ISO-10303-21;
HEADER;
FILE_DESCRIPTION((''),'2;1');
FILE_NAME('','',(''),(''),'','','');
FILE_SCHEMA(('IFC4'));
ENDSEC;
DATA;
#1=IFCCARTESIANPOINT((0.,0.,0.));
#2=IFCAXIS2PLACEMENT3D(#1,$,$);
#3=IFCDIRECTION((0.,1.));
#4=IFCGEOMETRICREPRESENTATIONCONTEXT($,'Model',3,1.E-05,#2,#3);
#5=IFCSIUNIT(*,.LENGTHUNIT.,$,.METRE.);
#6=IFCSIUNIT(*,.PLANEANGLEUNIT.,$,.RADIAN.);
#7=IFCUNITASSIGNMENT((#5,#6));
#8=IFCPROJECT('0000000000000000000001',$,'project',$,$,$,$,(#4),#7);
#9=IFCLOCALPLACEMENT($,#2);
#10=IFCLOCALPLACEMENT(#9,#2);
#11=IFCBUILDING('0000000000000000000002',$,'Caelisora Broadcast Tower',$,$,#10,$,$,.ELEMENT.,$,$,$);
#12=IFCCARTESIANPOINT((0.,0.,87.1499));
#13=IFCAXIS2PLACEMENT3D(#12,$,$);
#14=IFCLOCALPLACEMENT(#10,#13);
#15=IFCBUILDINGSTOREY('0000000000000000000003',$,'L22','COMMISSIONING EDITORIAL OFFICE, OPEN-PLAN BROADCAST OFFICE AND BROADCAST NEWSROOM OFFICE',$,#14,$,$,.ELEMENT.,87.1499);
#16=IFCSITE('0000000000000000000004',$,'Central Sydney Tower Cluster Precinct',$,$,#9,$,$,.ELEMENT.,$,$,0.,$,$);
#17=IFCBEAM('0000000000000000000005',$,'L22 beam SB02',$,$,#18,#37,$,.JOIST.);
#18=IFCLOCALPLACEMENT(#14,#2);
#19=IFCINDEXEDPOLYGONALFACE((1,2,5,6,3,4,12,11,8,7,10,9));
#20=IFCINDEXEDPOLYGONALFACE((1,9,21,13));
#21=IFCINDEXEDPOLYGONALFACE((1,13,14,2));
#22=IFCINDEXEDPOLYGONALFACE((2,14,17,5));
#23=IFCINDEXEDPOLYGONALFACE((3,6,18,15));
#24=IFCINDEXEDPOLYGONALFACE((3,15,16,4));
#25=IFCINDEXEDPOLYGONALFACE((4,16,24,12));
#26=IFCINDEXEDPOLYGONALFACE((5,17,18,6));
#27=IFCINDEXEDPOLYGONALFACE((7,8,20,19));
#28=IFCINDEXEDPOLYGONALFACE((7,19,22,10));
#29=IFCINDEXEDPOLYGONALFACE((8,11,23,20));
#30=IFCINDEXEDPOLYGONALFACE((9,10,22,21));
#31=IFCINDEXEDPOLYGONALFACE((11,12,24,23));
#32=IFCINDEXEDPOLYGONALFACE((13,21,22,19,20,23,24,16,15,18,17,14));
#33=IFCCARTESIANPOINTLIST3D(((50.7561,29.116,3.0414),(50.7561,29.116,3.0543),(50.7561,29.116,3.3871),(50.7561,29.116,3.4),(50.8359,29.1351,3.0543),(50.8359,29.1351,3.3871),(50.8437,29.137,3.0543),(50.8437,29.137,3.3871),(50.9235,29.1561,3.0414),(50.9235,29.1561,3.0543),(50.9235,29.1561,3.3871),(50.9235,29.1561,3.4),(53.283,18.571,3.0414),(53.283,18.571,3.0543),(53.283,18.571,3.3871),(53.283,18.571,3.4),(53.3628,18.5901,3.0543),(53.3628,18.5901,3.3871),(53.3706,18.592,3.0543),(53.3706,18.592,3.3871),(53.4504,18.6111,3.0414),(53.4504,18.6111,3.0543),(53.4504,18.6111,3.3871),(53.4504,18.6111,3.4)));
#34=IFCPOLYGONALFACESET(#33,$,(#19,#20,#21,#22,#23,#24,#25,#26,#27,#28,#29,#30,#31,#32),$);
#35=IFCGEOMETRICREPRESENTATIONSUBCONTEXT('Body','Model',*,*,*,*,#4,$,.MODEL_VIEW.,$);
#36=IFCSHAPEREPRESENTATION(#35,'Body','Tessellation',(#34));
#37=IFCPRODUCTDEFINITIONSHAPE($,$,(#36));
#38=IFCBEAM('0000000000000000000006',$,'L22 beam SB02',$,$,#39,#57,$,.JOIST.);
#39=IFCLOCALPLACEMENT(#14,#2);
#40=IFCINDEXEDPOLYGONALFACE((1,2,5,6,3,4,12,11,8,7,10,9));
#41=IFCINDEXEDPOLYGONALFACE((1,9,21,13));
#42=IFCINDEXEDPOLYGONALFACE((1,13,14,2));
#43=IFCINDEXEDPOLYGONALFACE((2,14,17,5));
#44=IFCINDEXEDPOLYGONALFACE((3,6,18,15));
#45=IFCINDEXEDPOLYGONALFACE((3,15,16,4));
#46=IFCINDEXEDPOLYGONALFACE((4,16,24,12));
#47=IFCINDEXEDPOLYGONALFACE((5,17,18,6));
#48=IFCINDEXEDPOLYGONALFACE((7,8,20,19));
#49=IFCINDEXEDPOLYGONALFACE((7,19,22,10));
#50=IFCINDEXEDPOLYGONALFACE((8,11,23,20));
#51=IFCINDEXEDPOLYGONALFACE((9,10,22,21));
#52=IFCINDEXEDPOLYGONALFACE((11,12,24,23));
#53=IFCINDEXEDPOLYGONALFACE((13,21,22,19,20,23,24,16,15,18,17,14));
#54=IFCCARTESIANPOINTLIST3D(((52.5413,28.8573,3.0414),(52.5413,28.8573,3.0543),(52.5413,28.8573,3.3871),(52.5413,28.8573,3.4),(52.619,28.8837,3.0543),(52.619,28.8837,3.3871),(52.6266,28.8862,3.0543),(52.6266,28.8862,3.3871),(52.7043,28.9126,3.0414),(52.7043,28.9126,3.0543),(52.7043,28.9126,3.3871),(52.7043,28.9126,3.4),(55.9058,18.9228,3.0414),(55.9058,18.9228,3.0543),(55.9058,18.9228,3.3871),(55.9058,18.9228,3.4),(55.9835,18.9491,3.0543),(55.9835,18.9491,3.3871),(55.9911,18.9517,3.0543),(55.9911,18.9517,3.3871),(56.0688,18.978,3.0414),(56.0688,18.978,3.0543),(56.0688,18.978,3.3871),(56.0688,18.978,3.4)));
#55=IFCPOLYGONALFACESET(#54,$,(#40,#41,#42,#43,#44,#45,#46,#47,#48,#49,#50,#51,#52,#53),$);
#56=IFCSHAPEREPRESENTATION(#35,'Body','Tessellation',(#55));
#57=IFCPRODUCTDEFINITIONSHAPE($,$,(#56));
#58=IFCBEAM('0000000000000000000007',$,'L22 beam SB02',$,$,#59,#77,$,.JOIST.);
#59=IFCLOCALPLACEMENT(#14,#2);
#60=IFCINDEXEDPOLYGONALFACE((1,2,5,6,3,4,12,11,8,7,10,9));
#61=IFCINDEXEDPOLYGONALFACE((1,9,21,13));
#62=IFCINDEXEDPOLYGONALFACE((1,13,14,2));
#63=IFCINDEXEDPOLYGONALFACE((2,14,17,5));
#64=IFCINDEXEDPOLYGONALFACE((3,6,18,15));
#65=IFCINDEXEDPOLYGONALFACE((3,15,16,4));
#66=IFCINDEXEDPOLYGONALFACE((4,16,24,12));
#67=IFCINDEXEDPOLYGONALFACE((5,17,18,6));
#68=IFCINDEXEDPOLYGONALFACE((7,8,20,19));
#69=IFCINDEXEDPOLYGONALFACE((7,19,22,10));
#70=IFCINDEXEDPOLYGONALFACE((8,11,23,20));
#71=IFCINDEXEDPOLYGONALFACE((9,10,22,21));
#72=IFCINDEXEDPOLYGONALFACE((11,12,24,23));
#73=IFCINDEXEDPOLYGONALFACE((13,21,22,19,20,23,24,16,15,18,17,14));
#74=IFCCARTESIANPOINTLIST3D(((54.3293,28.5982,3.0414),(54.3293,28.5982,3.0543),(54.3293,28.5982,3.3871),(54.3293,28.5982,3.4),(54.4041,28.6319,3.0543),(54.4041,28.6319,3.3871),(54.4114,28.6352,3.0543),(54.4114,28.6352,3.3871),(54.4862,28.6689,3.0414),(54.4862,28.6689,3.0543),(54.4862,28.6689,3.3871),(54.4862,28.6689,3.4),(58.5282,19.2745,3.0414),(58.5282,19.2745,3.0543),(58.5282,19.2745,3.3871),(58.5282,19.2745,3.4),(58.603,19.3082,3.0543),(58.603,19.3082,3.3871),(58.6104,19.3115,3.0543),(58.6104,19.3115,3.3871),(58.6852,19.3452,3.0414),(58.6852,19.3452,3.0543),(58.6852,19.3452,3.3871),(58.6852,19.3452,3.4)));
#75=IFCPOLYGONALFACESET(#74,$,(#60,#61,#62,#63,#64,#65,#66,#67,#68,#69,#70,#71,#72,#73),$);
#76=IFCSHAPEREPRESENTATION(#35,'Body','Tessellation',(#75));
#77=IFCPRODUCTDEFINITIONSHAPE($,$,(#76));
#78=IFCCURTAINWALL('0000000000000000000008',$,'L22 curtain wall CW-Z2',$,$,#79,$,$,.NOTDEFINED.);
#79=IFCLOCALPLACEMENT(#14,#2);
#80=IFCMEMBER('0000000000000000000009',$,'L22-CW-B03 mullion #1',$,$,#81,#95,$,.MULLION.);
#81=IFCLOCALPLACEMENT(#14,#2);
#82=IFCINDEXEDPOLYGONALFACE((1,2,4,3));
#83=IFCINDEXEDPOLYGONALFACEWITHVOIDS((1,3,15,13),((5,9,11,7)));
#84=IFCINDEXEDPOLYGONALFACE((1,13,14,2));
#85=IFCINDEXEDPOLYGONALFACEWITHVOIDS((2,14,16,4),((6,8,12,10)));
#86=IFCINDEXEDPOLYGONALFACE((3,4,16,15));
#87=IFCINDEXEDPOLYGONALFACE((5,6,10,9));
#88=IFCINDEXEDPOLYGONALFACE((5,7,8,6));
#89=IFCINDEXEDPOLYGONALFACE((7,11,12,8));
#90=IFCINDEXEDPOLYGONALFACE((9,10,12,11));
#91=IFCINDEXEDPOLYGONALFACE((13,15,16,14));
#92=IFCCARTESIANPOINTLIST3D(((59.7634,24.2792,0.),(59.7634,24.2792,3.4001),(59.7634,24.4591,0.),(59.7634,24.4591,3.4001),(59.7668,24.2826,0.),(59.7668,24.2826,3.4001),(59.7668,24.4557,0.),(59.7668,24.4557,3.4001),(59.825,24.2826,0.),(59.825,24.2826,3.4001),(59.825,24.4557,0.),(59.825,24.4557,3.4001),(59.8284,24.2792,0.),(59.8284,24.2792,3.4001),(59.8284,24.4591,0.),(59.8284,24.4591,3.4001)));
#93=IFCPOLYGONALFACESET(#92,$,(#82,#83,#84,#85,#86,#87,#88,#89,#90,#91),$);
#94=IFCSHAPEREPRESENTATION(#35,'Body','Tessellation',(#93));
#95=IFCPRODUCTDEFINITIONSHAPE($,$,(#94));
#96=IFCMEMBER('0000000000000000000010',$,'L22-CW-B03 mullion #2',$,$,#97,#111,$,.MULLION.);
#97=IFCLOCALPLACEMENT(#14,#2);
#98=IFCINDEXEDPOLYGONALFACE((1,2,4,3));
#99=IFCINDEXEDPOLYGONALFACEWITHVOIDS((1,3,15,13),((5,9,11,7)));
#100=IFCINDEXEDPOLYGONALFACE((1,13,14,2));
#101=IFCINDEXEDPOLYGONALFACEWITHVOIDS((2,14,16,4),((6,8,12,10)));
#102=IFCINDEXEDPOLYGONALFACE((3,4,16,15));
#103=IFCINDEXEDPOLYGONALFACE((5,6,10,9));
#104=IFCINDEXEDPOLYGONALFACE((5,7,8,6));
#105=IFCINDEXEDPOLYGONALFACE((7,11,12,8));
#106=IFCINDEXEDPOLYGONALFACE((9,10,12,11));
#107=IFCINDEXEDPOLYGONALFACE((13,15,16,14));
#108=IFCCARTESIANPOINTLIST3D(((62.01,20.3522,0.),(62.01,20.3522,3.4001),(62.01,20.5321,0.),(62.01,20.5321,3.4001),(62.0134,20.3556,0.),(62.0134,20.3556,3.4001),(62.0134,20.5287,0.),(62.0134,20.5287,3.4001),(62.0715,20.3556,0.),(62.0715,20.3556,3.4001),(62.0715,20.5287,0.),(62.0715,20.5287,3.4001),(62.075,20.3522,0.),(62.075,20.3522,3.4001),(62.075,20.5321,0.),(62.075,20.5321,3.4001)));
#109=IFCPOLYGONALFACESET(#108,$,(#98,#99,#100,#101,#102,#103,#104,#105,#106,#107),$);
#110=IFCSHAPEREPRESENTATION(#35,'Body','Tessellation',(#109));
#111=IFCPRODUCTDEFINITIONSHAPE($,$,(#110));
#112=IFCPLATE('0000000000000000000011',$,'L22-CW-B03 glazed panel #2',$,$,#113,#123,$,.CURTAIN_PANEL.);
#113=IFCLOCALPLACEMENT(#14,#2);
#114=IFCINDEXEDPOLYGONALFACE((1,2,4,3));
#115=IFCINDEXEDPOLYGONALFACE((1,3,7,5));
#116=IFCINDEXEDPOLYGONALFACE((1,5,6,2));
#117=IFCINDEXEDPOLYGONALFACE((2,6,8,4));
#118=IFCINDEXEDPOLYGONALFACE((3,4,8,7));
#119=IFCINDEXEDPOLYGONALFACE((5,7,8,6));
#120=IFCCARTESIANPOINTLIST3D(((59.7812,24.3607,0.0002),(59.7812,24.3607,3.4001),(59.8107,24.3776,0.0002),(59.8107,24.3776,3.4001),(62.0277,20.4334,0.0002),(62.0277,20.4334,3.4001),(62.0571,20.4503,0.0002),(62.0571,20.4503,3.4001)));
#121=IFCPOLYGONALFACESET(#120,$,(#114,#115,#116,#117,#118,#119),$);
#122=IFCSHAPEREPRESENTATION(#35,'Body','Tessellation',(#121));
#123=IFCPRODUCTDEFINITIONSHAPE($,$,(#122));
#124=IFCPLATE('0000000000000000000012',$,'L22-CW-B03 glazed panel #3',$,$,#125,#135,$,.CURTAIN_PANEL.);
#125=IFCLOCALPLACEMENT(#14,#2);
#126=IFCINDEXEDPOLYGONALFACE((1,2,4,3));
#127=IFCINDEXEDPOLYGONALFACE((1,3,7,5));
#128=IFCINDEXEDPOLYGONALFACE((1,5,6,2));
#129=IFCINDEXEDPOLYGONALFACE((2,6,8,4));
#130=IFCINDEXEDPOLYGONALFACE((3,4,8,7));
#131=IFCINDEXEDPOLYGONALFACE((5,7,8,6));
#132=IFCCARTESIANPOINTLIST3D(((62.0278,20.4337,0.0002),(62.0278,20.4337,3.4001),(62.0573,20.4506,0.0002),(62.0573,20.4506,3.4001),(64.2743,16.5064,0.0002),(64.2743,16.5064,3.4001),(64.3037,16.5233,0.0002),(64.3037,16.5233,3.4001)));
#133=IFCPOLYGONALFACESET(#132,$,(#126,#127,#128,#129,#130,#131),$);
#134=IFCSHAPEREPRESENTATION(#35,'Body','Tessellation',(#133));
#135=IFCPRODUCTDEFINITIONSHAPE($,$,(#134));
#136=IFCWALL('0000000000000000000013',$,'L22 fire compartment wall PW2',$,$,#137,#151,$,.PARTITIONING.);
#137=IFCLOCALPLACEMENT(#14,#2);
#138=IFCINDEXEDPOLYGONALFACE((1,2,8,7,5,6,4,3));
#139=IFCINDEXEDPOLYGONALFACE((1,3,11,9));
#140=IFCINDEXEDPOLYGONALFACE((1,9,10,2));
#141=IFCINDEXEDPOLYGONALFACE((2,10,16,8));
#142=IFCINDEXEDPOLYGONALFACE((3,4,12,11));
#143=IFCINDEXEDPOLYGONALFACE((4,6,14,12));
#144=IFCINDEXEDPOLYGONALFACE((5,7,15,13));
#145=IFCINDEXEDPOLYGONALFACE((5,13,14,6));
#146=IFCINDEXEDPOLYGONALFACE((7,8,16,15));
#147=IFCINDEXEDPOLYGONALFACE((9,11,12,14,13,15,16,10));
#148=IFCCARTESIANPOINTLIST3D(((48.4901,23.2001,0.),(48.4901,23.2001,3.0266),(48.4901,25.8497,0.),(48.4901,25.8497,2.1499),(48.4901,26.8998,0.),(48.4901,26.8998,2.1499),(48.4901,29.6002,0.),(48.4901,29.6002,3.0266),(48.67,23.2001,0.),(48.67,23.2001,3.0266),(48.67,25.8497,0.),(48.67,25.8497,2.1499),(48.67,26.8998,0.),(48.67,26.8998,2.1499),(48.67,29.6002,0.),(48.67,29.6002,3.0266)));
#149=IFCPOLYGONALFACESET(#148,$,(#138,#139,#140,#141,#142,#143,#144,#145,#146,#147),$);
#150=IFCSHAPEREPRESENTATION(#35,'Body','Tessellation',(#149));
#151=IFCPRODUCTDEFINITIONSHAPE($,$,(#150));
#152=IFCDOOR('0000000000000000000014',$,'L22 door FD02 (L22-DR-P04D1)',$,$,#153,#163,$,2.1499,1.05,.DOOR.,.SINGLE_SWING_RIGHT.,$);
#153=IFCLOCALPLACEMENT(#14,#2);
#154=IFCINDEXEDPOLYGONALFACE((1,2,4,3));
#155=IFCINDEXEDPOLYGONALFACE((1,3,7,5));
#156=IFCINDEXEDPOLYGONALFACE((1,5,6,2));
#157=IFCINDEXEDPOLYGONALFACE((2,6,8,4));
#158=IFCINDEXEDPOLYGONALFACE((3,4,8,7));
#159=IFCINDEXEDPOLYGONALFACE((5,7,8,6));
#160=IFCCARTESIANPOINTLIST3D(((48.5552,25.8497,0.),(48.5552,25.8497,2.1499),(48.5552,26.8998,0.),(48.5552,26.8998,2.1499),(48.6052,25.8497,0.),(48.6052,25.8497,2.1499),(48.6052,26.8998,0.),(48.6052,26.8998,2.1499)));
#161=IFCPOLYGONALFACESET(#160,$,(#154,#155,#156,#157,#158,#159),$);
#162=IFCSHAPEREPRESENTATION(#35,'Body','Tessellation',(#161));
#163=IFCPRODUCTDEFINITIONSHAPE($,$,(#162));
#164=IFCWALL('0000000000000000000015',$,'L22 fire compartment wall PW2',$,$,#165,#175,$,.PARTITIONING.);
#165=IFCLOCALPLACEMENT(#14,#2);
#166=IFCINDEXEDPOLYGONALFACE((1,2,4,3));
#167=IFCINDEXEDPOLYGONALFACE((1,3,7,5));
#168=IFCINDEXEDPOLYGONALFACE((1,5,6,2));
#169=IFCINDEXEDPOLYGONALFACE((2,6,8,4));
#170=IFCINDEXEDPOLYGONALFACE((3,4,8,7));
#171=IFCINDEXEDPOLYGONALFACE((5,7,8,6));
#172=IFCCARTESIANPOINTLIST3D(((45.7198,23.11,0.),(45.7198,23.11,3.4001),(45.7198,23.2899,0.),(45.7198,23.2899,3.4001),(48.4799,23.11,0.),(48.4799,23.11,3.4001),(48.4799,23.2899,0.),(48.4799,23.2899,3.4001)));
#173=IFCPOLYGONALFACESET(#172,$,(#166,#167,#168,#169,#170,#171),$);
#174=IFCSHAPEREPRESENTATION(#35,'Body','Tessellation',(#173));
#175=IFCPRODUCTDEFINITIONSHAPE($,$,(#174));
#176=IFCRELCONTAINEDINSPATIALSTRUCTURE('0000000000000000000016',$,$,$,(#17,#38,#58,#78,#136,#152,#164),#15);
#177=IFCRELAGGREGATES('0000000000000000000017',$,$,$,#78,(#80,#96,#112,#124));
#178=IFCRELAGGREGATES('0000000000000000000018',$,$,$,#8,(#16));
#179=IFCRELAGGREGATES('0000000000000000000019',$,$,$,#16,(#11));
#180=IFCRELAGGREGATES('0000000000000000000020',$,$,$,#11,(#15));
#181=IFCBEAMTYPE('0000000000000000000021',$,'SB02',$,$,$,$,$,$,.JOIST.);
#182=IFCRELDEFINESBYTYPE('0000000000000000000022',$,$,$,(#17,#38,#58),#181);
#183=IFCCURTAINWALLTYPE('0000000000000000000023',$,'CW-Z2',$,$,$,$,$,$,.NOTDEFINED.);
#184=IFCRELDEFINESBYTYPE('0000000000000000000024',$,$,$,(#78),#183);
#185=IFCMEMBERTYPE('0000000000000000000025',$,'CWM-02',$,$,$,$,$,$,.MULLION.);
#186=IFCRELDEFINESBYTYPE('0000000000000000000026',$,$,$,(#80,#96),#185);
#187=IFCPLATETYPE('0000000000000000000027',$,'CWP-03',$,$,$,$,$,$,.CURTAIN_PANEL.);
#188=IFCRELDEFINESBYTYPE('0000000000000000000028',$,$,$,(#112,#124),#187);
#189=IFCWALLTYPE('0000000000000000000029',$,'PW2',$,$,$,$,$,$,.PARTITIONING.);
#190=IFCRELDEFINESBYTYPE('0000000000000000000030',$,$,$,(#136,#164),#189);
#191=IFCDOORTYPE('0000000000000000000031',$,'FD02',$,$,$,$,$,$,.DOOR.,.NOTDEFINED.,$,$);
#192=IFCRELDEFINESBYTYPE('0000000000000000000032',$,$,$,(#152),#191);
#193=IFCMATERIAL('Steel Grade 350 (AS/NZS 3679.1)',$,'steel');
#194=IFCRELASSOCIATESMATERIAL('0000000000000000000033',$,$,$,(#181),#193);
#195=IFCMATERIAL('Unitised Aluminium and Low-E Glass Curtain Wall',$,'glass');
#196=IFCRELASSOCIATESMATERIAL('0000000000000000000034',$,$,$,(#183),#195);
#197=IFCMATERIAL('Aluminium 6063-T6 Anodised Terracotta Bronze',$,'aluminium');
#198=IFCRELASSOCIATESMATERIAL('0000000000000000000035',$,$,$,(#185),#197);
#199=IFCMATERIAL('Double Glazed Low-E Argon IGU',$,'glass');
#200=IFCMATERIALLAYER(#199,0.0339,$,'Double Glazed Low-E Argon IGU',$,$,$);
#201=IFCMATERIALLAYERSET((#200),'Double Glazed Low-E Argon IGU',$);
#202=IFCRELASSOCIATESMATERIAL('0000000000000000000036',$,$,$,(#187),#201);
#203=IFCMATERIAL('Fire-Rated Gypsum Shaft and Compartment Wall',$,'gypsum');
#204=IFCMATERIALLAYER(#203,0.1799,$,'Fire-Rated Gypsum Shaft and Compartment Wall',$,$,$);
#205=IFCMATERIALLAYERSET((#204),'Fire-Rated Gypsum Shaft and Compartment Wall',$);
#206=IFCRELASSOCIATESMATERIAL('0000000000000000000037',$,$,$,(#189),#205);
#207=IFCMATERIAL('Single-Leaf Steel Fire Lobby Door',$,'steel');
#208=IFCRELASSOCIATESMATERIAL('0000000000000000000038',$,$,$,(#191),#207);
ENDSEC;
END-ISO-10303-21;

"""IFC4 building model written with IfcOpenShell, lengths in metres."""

from ifc_helpers import new_model, si_unit, direction, frame, frame_2d, origin, origin_2d, place, context, subcontext, project, spatial, rectangle, hollow_rectangle, i_section, extrude, source, transform, mapped, material, layer, layer_set, material_profile, profile_set, type_object, type_shapes, element, fill, aggregate, save


model = new_model("IFC4")

# Units and contexts
model_context = context("Model", 3, precision=1e-05, world=origin(), true_north=direction((0.0, 1.0)))
body_context = subcontext(model_context, "Body", "Model", "MODEL_VIEW")
ifc_project = project(units=[si_unit("LENGTHUNIT", "METRE"), si_unit("PLANEANGLEUNIT", "RADIAN")], contexts=[model_context])

# Site, building, storey
site_placement = place(None, origin())
site = spatial("IfcSite", under=ifc_project, at=site_placement, Name="Central Sydney Tower Cluster Precinct", CompositionType="ELEMENT", RefElevation=0.0)
building_placement = place(site_placement, origin())
building = spatial("IfcBuilding", under=site, at=building_placement, Name="Caelisora Broadcast Tower", CompositionType="ELEMENT")
storey_placement = place(building_placement, frame((0.0, 0.0, 87.1499)))
storey = spatial("IfcBuildingStorey", under=building, at=storey_placement, Name="L22", Description="COMMISSIONING EDITORIAL OFFICE, OPEN-PLAN BROADCAST OFFICE AND BROADCAST NEWSROOM OFFICE", CompositionType="ELEMENT", Elevation=87.1499)

# Beams
ifc_material_1 = material(Name="Steel Grade 350 (AS/NZS 3679.1)", Category="steel")
ifc_material_profile_1 = material_profile(ifc_material_1, i_section(OverallWidth=0.1721, OverallDepth=0.3586, WebThickness=0.0081, FlangeThickness=0.0129, at=origin_2d()), Name="Steel Grade 350 (AS/NZS 3679.1)")
ifc_profile_set_1 = profile_set([ifc_material_profile_1], Name="Steel Grade 350 (AS/NZS 3679.1)")
beam_type_1 = type_object("IfcBeamType", Name="SB02", PredefinedType="JOIST", material=ifc_profile_set_1)
shared_shape_1 = source(origin(), body_context, "Body", "SweptSolid", [
    extrude(i_section(OverallWidth=0.1721, OverallDepth=0.3586, WebThickness=0.0081, FlangeThickness=0.0129, at=origin_2d()), origin(), (0.0, 0.0, 1.0), 10.8435),
])
beam_1_placement = place(storey_placement, frame((53.3667, 18.5911, 3.2207), z_axis=(-0.233031, 0.972469, 0.0), x_axis=(-0.972469, -0.233031, 0.0)))
element("IfcBeam", 1, at=beam_1_placement, inside=storey, type_object=beam_type_1, Name="L22 beam SB02", PredefinedType="JOIST", context=body_context, shape_type="MappedRepresentation", body=[
    mapped(shared_shape_1, transform((0.0, 0.0, 0.0), scale=1.0)),
])
shared_shape_2 = source(origin(), body_context, "Body", "SweptSolid", [
    extrude(i_section(OverallWidth=0.1721, OverallDepth=0.3586, WebThickness=0.0081, FlangeThickness=0.0129, at=origin_2d()), origin(), (0.0, 0.0, 1.0), 10.4888),
])
beam_2_placement = place(storey_placement, frame((55.9873, 18.9504, 3.2207), z_axis=(-0.32077, 0.947157, 0.0), x_axis=(-0.947157, -0.32077, 0.0)))
element("IfcBeam", 2, at=beam_2_placement, inside=storey, type_object=beam_type_1, Name="L22 beam SB02", PredefinedType="JOIST", context=body_context, shape_type="MappedRepresentation", body=[
    mapped(shared_shape_2, transform((0.0, 0.0, 0.0), scale=1.0)),
])
shared_shape_3 = source(origin(), body_context, "Body", "SweptSolid", [
    extrude(i_section(OverallWidth=0.1721, OverallDepth=0.3586, WebThickness=0.0081, FlangeThickness=0.0129, at=origin_2d()), origin(), (0.0, 0.0, 1.0), 10.2256),
])
beam_3_placement = place(storey_placement, frame((58.6067, 19.3098, 3.2207), z_axis=(-0.410633, 0.911801, 0.0), x_axis=(-0.911801, -0.410633, 0.0)))
element("IfcBeam", 3, at=beam_3_placement, inside=storey, type_object=beam_type_1, Name="L22 beam SB02", PredefinedType="JOIST", context=body_context, shape_type="MappedRepresentation", body=[
    mapped(shared_shape_3, transform((0.0, 0.0, 0.0), scale=1.0)),
])

# Curtain wall, members, plates
ifc_material_2 = material(Name="Unitised Aluminium and Low-E Glass Curtain Wall", Category="glass")
curtain_wall_type = type_object("IfcCurtainWallType", Name="CW-Z2", PredefinedType="NOTDEFINED", material=ifc_material_2)
curtain_wall_placement = place(storey_placement, origin())
curtain_wall = element("IfcCurtainWall", 4, at=curtain_wall_placement, inside=storey, type_object=curtain_wall_type, Name="L22 curtain wall CW-Z2", PredefinedType="NOTDEFINED")
ifc_material_3 = material(Name="Aluminium 6063-T6 Anodised Terracotta Bronze", Category="aluminium")
ifc_material_profile_2 = material_profile(ifc_material_3, hollow_rectangle(XDim=0.0649, YDim=0.1799, WallThickness=0.0034, at=origin_2d()), Name="Aluminium 6063-T6 Anodised Terracotta Bronze")
ifc_profile_set_2 = profile_set([ifc_material_profile_2], Name="Aluminium 6063-T6 Anodised Terracotta Bronze")
member_type = type_object("IfcMemberType", Name="CWM-02", PredefinedType="MULLION", material=ifc_profile_set_2)
shared_shape_4 = source(origin(), body_context, "Body", "SweptSolid", [
    extrude(hollow_rectangle(XDim=0.0649, YDim=0.1799, WallThickness=0.0034, at=origin_2d()), origin(), (0.0, 0.0, 1.0), 3.4001),
])
type_shapes(member_type, [shared_shape_4])
member_1_placement = place(storey_placement, frame((59.7959, 24.3691, 0.0), z_axis=(0.0, 0.0, 1.0), x_axis=(1.0, 0.0, 0.0)))
member_1 = element("IfcMember", 5, at=member_1_placement, type_object=member_type, Name="L22-CW-B03 mullion #1", PredefinedType="MULLION", context=body_context, shape_type="MappedRepresentation", body=[
    mapped(shared_shape_4, transform((0.0, 0.0, 0.0), scale=1.0)),
])
member_2_placement = place(storey_placement, frame((62.0425, 20.4421, 0.0), z_axis=(0.0, 0.0, 1.0), x_axis=(1.0, 0.0, 0.0)))
member_2 = element("IfcMember", 6, at=member_2_placement, type_object=member_type, Name="L22-CW-B03 mullion #2", PredefinedType="MULLION", context=body_context, shape_type="MappedRepresentation", body=[
    mapped(shared_shape_4, transform((0.0, 0.0, 0.0), scale=1.0)),
])
ifc_material_4 = material(Name="Double Glazed Low-E Argon IGU", Category="glass")
ifc_layer_1 = layer(ifc_material_4, 0.0339, Name="Double Glazed Low-E Argon IGU")
ifc_layer_set_1 = layer_set([ifc_layer_1], Name="Double Glazed Low-E Argon IGU")
plate_type = type_object("IfcPlateType", Name="CWP-03", PredefinedType="CURTAIN_PANEL", material=ifc_layer_set_1)
shared_shape_5 = source(origin(), body_context, "Body", "SweptSolid", [
    extrude(rectangle(XDim=4.5244, YDim=0.0339, at=origin_2d()), origin(), (0.0, 0.0, 1.0), 3.3999),
])
type_shapes(plate_type, [shared_shape_5])
plate_1_placement = place(storey_placement, frame((60.9192, 22.4055, 0.0002), z_axis=(0.0, 0.0, 1.0), x_axis=(0.49652, -0.868026, 0.0)))
plate_1 = element("IfcPlate", 7, at=plate_1_placement, type_object=plate_type, Name="L22-CW-B03 glazed panel #2", PredefinedType="CURTAIN_PANEL", context=body_context, shape_type="MappedRepresentation", body=[
    mapped(shared_shape_5, transform((0.0, 0.0, 0.0), scale=1.0)),
])
plate_2_placement = place(storey_placement, frame((63.1658, 18.4785, 0.0002), z_axis=(0.0, 0.0, 1.0), x_axis=(0.49652, -0.868026, 0.0)))
plate_2 = element("IfcPlate", 8, at=plate_2_placement, type_object=plate_type, Name="L22-CW-B03 glazed panel #3", PredefinedType="CURTAIN_PANEL", context=body_context, shape_type="MappedRepresentation", body=[
    mapped(shared_shape_5, transform((0.0, 0.0, 0.0), scale=1.0)),
])
aggregate(curtain_wall, [member_1, member_2, plate_1, plate_2])

# Wall, opening, door
ifc_material_5 = material(Name="Fire-Rated Gypsum Shaft and Compartment Wall", Category="gypsum")
ifc_layer_2 = layer(ifc_material_5, 0.1799, Name="Fire-Rated Gypsum Shaft and Compartment Wall")
ifc_layer_set_2 = layer_set([ifc_layer_2], Name="Fire-Rated Gypsum Shaft and Compartment Wall")
wall_type_1 = type_object("IfcWallType", Name="PW2", PredefinedType="PARTITIONING", material=ifc_layer_set_2)
wall_1_placement = place(storey_placement, frame((48.5801, 23.2, 0.0), z_axis=(0.0, 0.0, 1.0), x_axis=(0.0, 1.0, 0.0)))
wall_1 = element("IfcWall", 9, at=wall_1_placement, inside=storey, type_object=wall_type_1, Name="L22 fire compartment wall PW2", PredefinedType="PARTITIONING", context=body_context, shape_type="SweptSolid", body=[
    extrude(rectangle(XDim=6.4001, YDim=0.1799, at=frame_2d((3.2002, 0.0))), origin(), (0.0, 0.0, 1.0), 3.0266),
])
opening_1_placement = place(wall_1_placement, frame((2.6499, 0.0, 0.0)))
opening_1 = element("IfcOpeningElement", 10, at=opening_1_placement, cuts=wall_1, PredefinedType="OPENING", context=body_context, shape_type="SweptSolid", body=[
    extrude(rectangle(XDim=1.05, YDim=2.1499, at=frame_2d((0.5249, 1.075))), frame((0.0, 0.1021, 0.0), z_axis=(0.0, -1.0, 0.0), x_axis=(1.0, 0.0, 0.0)), (0.0, 0.0, 1.0), 0.2039),
])
ifc_material_6 = material(Name="Single-Leaf Steel Fire Lobby Door", Category="steel")
door_type_1 = type_object("IfcDoorType", Name="FD02", OperationType="NOTDEFINED", PredefinedType="DOOR", material=ifc_material_6)
door_1_placement = place(opening_1_placement, origin())
door_1 = element("IfcDoor", 11, at=door_1_placement, inside=storey, type_object=door_type_1, Name="L22 door FD02 (L22-DR-P04D1)", OperationType="SINGLE_SWING_RIGHT", OverallHeight=2.1499, OverallWidth=1.05, PredefinedType="DOOR", context=body_context, shape_type="SweptSolid", body=[
    extrude(rectangle(XDim=1.05, YDim=2.1499, at=frame_2d((0.5249, 1.075))), frame((0.0, 0.0249, 0.0), z_axis=(0.0, -1.0, 0.0), x_axis=(1.0, 0.0, 0.0)), (0.0, 0.0, 1.0), 0.05),
])
fill(opening_1, door_1)

# Wall
wall_2_placement = place(storey_placement, frame((45.72, 23.2, 0.0), z_axis=(0.0, 0.0, 1.0), x_axis=(1.0, 0.0, 0.0)))
element("IfcWall", 12, at=wall_2_placement, inside=storey, type_object=wall_type_1, Name="L22 fire compartment wall PW2", PredefinedType="PARTITIONING", context=body_context, shape_type="SweptSolid", body=[
    extrude(rectangle(XDim=2.76, YDim=0.1799, at=frame_2d((1.3799, 0.0))), origin(), (0.0, 0.0, 1.0), 3.4001),
])

save(model, "model.ifc")
